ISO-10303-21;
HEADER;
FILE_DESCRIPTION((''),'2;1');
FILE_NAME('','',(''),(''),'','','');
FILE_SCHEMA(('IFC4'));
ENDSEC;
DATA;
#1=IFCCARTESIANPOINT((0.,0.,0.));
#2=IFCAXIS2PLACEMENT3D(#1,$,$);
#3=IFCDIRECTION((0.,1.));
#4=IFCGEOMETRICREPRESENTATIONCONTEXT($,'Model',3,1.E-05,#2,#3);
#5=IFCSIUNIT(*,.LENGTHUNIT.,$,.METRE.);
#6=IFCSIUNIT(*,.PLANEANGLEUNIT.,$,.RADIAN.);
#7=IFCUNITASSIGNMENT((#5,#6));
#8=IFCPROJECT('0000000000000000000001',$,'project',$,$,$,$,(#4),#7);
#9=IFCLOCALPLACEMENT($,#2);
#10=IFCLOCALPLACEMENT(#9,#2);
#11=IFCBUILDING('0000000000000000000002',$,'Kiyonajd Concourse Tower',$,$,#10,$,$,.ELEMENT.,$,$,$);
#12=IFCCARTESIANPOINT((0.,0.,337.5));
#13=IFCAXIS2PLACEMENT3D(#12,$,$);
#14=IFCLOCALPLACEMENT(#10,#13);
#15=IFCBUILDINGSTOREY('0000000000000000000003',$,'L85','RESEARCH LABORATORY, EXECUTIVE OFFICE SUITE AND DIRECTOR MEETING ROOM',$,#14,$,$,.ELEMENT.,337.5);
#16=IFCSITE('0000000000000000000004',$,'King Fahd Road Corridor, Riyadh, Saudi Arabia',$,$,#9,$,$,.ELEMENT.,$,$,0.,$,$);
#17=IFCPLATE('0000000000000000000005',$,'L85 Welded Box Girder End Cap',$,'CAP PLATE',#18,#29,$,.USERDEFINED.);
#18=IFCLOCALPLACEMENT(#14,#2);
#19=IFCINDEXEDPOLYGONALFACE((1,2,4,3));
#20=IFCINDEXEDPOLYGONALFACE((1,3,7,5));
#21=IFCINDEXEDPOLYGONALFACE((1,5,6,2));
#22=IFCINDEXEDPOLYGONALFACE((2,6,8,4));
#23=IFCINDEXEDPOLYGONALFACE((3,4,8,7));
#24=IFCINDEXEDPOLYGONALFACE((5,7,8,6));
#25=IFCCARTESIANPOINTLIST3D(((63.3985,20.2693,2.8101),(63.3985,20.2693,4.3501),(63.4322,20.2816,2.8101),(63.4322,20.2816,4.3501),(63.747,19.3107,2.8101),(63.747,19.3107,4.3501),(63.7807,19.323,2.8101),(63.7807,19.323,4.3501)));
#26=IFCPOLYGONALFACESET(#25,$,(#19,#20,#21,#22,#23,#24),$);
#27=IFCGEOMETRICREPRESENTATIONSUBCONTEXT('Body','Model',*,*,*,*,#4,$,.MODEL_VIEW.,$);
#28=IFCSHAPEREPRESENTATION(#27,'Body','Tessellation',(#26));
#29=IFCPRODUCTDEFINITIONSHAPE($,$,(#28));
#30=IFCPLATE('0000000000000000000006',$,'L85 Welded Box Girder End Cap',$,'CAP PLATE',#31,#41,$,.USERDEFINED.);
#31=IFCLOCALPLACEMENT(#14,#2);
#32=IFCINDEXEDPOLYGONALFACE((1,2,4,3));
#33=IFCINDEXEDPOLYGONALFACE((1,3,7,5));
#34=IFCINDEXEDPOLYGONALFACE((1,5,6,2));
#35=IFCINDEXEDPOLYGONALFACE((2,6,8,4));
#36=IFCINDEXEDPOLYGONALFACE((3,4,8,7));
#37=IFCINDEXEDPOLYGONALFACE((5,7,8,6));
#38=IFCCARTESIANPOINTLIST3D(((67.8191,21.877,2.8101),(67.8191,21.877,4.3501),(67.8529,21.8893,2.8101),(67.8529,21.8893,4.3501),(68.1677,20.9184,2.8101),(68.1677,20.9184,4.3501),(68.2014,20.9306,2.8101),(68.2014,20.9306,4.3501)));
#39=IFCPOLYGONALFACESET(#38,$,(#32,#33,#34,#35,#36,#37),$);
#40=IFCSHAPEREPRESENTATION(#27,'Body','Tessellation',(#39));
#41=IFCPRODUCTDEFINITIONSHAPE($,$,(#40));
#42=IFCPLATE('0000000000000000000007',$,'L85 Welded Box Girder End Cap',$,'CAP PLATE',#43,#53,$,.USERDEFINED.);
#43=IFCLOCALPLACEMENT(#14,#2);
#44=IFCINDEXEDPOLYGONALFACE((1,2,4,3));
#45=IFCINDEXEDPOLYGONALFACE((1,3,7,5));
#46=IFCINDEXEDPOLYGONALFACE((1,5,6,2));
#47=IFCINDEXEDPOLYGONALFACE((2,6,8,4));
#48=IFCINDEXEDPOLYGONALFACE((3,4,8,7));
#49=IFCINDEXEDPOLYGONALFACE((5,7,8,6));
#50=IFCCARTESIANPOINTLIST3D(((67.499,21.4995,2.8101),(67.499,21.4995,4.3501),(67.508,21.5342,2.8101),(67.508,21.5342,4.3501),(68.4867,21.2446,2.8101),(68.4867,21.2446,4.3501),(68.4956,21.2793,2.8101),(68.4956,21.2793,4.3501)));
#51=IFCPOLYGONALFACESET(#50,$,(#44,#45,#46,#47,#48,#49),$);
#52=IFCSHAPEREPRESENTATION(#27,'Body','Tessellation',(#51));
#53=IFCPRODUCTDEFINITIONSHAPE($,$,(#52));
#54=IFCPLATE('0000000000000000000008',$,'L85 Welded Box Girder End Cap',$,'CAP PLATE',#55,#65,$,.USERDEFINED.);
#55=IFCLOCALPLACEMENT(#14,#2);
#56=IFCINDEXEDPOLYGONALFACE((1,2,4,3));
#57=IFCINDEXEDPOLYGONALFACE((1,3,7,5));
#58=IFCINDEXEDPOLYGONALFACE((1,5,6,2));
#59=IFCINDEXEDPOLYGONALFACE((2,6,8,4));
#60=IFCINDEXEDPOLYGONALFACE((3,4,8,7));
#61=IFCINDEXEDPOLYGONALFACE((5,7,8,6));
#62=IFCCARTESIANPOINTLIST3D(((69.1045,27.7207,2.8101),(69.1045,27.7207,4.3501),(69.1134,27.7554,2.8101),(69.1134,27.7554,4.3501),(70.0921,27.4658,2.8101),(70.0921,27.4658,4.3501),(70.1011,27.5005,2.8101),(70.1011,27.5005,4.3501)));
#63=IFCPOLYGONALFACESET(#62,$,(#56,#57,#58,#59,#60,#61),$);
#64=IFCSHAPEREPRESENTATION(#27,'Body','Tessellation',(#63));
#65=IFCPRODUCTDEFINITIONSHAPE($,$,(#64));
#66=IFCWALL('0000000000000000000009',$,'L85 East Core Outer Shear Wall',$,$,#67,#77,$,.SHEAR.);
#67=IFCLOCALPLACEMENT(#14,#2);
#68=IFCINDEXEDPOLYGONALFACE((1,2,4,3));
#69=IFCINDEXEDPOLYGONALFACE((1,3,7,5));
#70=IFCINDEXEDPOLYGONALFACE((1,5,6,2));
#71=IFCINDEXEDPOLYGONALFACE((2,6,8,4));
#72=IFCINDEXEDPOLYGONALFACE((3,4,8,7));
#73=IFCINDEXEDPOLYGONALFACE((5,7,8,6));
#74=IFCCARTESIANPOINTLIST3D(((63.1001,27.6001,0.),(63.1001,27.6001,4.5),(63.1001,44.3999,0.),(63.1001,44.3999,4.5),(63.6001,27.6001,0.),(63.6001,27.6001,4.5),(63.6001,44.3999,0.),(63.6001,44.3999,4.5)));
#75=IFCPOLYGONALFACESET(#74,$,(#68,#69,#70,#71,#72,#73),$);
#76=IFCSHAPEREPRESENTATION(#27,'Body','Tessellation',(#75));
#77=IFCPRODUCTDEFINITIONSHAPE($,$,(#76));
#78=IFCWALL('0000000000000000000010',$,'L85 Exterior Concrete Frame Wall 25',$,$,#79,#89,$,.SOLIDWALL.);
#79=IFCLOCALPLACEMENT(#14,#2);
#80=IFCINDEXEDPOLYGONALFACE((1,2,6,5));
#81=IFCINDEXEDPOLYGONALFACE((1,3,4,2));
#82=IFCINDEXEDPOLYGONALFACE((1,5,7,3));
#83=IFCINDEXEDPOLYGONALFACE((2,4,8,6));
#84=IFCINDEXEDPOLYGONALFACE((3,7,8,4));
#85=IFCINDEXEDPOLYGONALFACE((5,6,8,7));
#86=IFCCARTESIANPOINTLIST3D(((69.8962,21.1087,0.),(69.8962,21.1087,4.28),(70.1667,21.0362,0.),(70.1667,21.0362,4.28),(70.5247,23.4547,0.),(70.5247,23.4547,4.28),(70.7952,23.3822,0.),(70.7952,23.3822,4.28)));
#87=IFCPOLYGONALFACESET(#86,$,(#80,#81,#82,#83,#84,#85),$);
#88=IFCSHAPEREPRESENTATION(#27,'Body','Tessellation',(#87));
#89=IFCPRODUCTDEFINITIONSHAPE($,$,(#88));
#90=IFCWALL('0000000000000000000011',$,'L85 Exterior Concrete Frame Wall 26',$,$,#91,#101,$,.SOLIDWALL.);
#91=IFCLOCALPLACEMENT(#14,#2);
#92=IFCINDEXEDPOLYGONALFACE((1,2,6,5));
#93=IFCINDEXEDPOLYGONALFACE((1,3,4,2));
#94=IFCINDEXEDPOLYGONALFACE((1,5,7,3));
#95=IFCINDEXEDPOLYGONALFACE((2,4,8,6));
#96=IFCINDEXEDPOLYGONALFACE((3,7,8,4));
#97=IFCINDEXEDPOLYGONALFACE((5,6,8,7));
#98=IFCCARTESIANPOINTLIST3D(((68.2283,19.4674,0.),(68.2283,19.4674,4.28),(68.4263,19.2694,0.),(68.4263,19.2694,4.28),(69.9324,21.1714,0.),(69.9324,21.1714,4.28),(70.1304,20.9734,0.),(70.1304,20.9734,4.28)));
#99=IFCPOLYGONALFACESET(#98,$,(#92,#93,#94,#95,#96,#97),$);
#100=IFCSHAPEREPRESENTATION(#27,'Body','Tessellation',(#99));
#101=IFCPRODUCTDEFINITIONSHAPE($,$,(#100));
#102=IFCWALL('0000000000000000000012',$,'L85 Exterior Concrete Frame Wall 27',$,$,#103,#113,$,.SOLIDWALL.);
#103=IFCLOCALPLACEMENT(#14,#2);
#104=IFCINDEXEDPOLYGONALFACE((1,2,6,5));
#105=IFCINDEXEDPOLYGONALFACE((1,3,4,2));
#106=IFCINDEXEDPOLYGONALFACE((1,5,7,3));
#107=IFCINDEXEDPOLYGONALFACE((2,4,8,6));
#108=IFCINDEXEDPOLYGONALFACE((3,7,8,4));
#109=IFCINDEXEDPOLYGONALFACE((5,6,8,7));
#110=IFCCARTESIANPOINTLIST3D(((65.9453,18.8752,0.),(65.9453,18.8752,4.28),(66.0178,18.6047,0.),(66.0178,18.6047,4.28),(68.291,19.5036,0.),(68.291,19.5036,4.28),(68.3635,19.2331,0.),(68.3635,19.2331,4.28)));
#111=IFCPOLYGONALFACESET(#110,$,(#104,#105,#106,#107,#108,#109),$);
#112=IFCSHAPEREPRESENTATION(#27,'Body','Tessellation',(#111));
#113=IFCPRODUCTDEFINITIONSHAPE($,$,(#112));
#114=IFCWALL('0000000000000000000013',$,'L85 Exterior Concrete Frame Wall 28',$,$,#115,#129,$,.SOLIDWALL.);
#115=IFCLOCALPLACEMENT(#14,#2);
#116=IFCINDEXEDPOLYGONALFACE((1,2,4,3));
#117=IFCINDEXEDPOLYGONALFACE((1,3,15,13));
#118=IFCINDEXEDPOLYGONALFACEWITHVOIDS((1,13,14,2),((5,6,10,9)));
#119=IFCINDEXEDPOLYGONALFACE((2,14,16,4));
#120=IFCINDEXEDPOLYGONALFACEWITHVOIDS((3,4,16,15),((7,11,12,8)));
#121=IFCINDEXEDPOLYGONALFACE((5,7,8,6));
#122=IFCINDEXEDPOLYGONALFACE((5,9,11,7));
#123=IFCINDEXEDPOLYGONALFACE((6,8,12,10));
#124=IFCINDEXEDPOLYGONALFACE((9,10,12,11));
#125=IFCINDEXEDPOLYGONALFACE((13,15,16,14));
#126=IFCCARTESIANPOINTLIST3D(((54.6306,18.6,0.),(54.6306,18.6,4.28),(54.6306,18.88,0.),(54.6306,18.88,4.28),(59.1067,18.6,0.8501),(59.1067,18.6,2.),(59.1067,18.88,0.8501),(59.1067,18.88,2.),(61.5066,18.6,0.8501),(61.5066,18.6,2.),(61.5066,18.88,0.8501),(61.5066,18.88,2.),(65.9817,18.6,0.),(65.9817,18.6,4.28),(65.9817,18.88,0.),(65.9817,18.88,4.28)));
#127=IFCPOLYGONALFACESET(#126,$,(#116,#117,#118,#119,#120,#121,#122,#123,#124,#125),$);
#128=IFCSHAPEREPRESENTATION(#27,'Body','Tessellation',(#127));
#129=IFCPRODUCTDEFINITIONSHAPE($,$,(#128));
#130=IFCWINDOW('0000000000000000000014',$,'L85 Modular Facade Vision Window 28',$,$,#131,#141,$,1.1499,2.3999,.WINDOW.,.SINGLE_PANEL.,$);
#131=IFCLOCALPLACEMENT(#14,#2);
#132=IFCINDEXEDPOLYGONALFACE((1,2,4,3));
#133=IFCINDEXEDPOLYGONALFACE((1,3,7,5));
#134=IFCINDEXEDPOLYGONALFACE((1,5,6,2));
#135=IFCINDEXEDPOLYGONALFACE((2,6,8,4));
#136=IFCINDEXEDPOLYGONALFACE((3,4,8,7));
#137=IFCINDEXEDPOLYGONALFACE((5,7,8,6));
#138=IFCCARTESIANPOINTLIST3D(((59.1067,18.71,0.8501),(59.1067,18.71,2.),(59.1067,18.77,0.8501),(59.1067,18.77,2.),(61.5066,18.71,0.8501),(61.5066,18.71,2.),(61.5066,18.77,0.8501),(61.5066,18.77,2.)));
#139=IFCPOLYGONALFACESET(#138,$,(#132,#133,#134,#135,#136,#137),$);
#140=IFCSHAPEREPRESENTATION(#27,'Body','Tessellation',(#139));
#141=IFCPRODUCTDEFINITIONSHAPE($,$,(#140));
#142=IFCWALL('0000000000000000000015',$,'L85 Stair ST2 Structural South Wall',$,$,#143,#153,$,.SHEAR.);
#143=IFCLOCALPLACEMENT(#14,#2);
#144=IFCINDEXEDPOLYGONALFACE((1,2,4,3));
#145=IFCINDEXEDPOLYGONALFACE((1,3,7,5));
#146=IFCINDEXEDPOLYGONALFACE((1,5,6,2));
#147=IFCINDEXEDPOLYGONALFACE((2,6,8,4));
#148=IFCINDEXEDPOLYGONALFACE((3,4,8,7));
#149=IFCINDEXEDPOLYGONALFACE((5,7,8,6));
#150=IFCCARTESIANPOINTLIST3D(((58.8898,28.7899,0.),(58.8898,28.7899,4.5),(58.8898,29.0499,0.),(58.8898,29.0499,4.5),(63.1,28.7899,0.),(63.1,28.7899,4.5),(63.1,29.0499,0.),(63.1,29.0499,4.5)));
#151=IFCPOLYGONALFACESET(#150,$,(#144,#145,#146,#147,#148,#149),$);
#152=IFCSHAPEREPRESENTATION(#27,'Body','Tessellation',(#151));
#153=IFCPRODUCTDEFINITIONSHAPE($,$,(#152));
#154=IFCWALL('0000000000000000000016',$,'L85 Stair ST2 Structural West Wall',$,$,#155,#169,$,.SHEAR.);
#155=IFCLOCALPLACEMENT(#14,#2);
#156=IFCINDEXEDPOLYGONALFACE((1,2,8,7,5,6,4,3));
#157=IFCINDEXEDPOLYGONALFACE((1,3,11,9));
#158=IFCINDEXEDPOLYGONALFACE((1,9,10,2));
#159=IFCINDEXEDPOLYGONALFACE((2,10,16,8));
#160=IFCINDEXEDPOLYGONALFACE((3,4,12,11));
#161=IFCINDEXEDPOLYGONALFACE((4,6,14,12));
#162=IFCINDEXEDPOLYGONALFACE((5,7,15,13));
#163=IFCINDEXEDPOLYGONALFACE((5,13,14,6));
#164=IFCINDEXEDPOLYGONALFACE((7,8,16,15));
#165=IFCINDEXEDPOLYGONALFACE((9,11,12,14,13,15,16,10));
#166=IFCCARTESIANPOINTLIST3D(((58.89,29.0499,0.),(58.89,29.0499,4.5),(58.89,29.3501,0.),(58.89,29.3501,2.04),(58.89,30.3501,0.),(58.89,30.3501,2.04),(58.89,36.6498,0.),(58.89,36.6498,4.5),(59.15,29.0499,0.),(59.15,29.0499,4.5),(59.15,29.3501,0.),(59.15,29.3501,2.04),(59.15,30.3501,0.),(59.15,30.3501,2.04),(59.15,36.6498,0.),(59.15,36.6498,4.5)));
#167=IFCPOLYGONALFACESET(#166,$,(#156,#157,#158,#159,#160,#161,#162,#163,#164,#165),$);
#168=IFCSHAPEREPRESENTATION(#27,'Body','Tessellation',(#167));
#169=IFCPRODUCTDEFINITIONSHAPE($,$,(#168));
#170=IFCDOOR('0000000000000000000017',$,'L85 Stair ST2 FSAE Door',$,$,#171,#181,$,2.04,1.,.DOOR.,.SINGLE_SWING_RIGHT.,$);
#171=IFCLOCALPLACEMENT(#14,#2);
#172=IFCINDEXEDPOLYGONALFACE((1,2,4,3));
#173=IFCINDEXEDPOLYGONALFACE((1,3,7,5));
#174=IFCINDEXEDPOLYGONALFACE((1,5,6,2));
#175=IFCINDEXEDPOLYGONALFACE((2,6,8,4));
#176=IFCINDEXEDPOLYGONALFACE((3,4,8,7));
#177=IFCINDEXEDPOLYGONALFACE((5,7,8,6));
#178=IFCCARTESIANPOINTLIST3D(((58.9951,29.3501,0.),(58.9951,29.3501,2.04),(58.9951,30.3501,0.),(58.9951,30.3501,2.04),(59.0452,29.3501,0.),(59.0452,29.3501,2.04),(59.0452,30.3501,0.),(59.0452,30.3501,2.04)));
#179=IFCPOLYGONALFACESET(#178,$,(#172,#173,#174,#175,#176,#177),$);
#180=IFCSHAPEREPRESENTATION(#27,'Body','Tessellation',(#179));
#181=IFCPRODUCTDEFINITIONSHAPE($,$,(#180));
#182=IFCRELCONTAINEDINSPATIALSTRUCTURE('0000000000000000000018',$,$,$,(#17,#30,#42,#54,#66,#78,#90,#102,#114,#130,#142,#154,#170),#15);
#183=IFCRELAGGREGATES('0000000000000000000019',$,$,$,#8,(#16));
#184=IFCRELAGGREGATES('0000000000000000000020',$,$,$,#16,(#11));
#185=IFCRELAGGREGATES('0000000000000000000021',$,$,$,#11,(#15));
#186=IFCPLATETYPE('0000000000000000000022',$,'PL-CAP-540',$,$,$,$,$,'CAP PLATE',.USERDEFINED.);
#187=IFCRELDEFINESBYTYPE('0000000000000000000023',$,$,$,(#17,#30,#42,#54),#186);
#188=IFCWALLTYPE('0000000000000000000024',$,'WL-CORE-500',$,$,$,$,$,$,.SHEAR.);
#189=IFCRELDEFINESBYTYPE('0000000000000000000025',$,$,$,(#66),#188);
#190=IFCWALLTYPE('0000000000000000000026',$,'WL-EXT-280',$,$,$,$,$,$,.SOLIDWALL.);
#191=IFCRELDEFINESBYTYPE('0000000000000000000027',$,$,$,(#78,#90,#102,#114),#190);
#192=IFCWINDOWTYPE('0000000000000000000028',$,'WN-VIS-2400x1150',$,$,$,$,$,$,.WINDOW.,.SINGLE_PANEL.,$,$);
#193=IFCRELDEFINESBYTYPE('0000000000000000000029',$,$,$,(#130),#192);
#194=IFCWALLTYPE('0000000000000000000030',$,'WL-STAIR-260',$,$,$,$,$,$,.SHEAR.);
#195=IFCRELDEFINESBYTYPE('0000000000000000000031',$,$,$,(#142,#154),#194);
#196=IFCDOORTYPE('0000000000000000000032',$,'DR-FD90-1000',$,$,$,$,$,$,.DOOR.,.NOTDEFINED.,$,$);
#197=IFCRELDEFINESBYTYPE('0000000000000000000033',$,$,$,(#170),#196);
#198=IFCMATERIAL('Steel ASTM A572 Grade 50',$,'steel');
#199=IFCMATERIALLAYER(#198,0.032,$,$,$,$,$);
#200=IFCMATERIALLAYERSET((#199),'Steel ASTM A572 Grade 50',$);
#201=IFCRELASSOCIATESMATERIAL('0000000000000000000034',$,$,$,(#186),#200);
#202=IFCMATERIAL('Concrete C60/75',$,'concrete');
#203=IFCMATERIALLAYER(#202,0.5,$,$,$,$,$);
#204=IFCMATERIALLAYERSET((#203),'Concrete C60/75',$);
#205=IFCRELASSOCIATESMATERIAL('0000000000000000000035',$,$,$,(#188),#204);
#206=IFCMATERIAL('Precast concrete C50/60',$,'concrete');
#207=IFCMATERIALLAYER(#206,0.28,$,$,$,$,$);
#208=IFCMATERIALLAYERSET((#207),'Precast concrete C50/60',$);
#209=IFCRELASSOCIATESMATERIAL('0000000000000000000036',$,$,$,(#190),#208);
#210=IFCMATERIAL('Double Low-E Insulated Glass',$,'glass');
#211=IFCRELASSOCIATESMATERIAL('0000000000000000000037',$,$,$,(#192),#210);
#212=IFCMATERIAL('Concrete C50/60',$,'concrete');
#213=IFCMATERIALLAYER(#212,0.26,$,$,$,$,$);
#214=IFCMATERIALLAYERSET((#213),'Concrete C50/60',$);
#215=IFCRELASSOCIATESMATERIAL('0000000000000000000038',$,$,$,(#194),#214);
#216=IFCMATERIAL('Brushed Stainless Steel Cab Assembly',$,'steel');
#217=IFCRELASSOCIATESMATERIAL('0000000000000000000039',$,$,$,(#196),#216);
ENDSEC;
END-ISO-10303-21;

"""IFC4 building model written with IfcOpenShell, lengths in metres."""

from ifc_helpers import new_model, si_unit, direction, frame, frame_2d, origin, origin_2d, place, context, subcontext, project, spatial, rectangle, extrude, material, layer, layer_set, type_object, element, fill, save


model = new_model("IFC4")

# Units and contexts
model_context = context("Model", 3, precision=1e-05, world=origin(), true_north=direction((0.0, 1.0)))
body_context = subcontext(model_context, "Body", "Model", "MODEL_VIEW")
ifc_project = project(units=[si_unit("LENGTHUNIT", "METRE"), si_unit("PLANEANGLEUNIT", "RADIAN")], contexts=[model_context])

# Site, building, storey
site_placement = place(None, origin())
site = spatial("IfcSite", under=ifc_project, at=site_placement, Name="King Fahd Road Corridor, Riyadh, Saudi Arabia", CompositionType="ELEMENT", RefElevation=0.0)
building_placement = place(site_placement, origin())
building = spatial("IfcBuilding", under=site, at=building_placement, Name="Kiyonajd Concourse Tower", CompositionType="ELEMENT")
storey_placement = place(building_placement, frame((0.0, 0.0, 337.5)))
storey = spatial("IfcBuildingStorey", under=building, at=storey_placement, Name="L85", Description="RESEARCH LABORATORY, EXECUTIVE OFFICE SUITE AND DIRECTOR MEETING ROOM", CompositionType="ELEMENT", Elevation=337.5)

# Shared definitions
ifc_material_1 = material(Name="Concrete C60/75", Category="concrete")

# Shared definitions
ifc_material_2 = material(Name="Steel ASTM A572 Grade 50", Category="steel")

# Plates
ifc_layer_1 = layer(ifc_material_2, 0.032)
ifc_layer_set_1 = layer_set([ifc_layer_1], Name="Steel ASTM A572 Grade 50")
plate_type = type_object("IfcPlateType", Name="PL-CAP-540", ElementType="CAP PLATE", PredefinedType="USERDEFINED", material=ifc_layer_set_1)
for number, where, z_axis, x_axis, name in (
    (1, (63.5896, 19.7961, 2.8101), (0.0, 0.0, 1.0), (-0.939812, -0.341692, 0.0), "L85 Welded Box Girder End Cap"),
    (2, (68.0103, 21.4038, 2.8101), (0.0, 0.0, 1.0), (0.939812, 0.341692, 0.0), "L85 Welded Box Girder End Cap"),
    (3, (67.9973, 21.3894, 2.8101), (0.0, 0.0, 1.0), (-0.249873, -0.968279, 0.0), "L85 Welded Box Girder End Cap"),
    (4, (69.6028, 27.6106, 2.8101), (0.0, 0.0, 1.0), (0.249873, 0.968279, 0.0), "L85 Welded Box Girder End Cap"),
):
    element("IfcPlate", number, at=place(storey_placement, frame(where, z_axis=z_axis, x_axis=x_axis)), inside=storey, type_object=plate_type, Name=name, ObjectType="CAP PLATE", PredefinedType="USERDEFINED", context=body_context, shape_type="SweptSolid", body=[
        extrude(rectangle(XDim=0.0359, YDim=1.02, at=origin_2d()), origin(), (0.0, 0.0, 1.0), 1.54),
    ])

# Walls
ifc_layer_2 = layer(ifc_material_1, 0.5)
ifc_layer_set_2 = layer_set([ifc_layer_2], Name="Concrete C60/75")
wall_type_1 = type_object("IfcWallType", Name="WL-CORE-500", PredefinedType="SHEAR", material=ifc_layer_set_2)
wall_1_placement = place(storey_placement, frame((63.3501, 27.6001, 0.0), z_axis=(0.0, 0.0, 1.0), x_axis=(0.0, 1.0, 0.0)))
element("IfcWall", 5, at=wall_1_placement, inside=storey, type_object=wall_type_1, Name="L85 East Core Outer Shear Wall", PredefinedType="SHEAR", context=body_context, shape_type="SweptSolid", body=[
    extrude(rectangle(XDim=16.7998, YDim=0.5, at=frame_2d((8.3999, 0.0))), origin(), (0.0, 0.0, 1.0), 4.5),
])
ifc_material_3 = material(Name="Precast concrete C50/60", Category="concrete")
ifc_layer_3 = layer(ifc_material_3, 0.28)
ifc_layer_set_3 = layer_set([ifc_layer_3], Name="Precast concrete C50/60")
wall_type_2 = type_object("IfcWallType", Name="WL-EXT-280", PredefinedType="SOLIDWALL", material=ifc_layer_set_3)
wall_2_placement = place(storey_placement, frame((70.6599, 23.4185, 0.0), z_axis=(0.0, 0.0, 1.0), x_axis=(-0.258751, -0.965944, 0.0)))
element("IfcWall", 6, at=wall_2_placement, inside=storey, type_object=wall_type_2, Name="L85 Exterior Concrete Frame Wall 25", PredefinedType="SOLIDWALL", context=body_context, shape_type="SweptSolid", body=[
    extrude(rectangle(XDim=2.4287, YDim=0.28, at=frame_2d((1.2144, 0.0))), origin(), (0.0, 0.0, 1.0), 4.28),
])
wall_3_placement = place(storey_placement, frame((70.0315, 21.0725, 0.0), z_axis=(0.0, 0.0, 1.0), x_axis=(-0.707107, -0.707107, 0.0)))
element("IfcWall", 7, at=wall_3_placement, inside=storey, type_object=wall_type_2, Name="L85 Exterior Concrete Frame Wall 26", PredefinedType="SOLIDWALL", context=body_context, shape_type="SweptSolid", body=[
    extrude(rectangle(XDim=2.4099, YDim=0.28, at=frame_2d((1.2051, 0.0))), origin(), (0.0, 0.0, 1.0), 4.28),
])
wall_4_placement = place(storey_placement, frame((68.3274, 19.3684, 0.0), z_axis=(0.0, 0.0, 1.0), x_axis=(-0.965937, -0.258776, 0.0)))
element("IfcWall", 8, at=wall_4_placement, inside=storey, type_object=wall_type_2, Name="L85 Exterior Concrete Frame Wall 27", PredefinedType="SOLIDWALL", context=body_context, shape_type="SweptSolid", body=[
    extrude(rectangle(XDim=2.4285, YDim=0.28, at=frame_2d((1.2144, 0.0))), origin(), (0.0, 0.0, 1.0), 4.28),
])

# Wall, opening, window
wall_5_placement = place(storey_placement, frame((65.9817, 18.74, 0.0), z_axis=(0.0, 0.0, 1.0), x_axis=(-1.0, 0.0, 0.0)))
wall_5 = element("IfcWall", 9, at=wall_5_placement, inside=storey, type_object=wall_type_2, Name="L85 Exterior Concrete Frame Wall 28", PredefinedType="SOLIDWALL", context=body_context, shape_type="SweptSolid", body=[
    extrude(rectangle(XDim=11.3511, YDim=0.28, at=frame_2d((5.6755, 0.0))), origin(), (0.0, 0.0, 1.0), 4.28),
])
opening_1_placement = place(wall_5_placement, frame((4.4751, 0.0, 0.8501)))
opening_1 = element("IfcOpeningElement", 10, at=opening_1_placement, cuts=wall_5, PredefinedType="OPENING", context=body_context, shape_type="SweptSolid", body=[
    extrude(rectangle(XDim=2.3999, YDim=1.1499, at=frame_2d((1.2, 0.575))), frame((0.0, 0.1499, 0.0), z_axis=(0.0, -1.0, 0.0), x_axis=(1.0, 0.0, 0.0)), (0.0, 0.0, 1.0), 0.3),
])
ifc_material_4 = material(Name="Double Low-E Insulated Glass", Category="glass")
window_type = type_object("IfcWindowType", Name="WN-VIS-2400x1150", PartitioningType="SINGLE_PANEL", PredefinedType="WINDOW", material=ifc_material_4)
window_placement = place(opening_1_placement, origin())
window = element("IfcWindow", 11, at=window_placement, inside=storey, type_object=window_type, Name="L85 Modular Facade Vision Window 28", OverallHeight=1.1499, OverallWidth=2.3999, PartitioningType="SINGLE_PANEL", PredefinedType="WINDOW", context=body_context, shape_type="SweptSolid", body=[
    extrude(rectangle(XDim=2.3999, YDim=1.1499, at=frame_2d((1.2, 0.575))), frame((0.0, 0.03, 0.0), z_axis=(0.0, -1.0, 0.0), x_axis=(1.0, 0.0, 0.0)), (0.0, 0.0, 1.0), 0.0601),
])
fill(opening_1, window)

# Wall
ifc_material_5 = material(Name="Concrete C50/60", Category="concrete")
ifc_layer_4 = layer(ifc_material_5, 0.26)
ifc_layer_set_4 = layer_set([ifc_layer_4], Name="Concrete C50/60")
wall_type_3 = type_object("IfcWallType", Name="WL-STAIR-260", PredefinedType="SHEAR", material=ifc_layer_set_4)
wall_6_placement = place(storey_placement, frame((58.8899, 28.9199, 0.0), z_axis=(0.0, 0.0, 1.0), x_axis=(1.0, 0.0, 0.0)))
element("IfcWall", 12, at=wall_6_placement, inside=storey, type_object=wall_type_3, Name="L85 Stair ST2 Structural South Wall", PredefinedType="SHEAR", context=body_context, shape_type="SweptSolid", body=[
    extrude(rectangle(XDim=4.2102, YDim=0.26, at=frame_2d((2.105, 0.0))), origin(), (0.0, 0.0, 1.0), 4.5),
])

# Wall, opening, door
wall_7_placement = place(storey_placement, frame((59.02, 29.05, 0.0), z_axis=(0.0, 0.0, 1.0), x_axis=(0.0, 1.0, 0.0)))
wall_7 = element("IfcWall", 13, at=wall_7_placement, inside=storey, type_object=wall_type_3, Name="L85 Stair ST2 Structural West Wall", PredefinedType="SHEAR", context=body_context, shape_type="SweptSolid", body=[
    extrude(rectangle(XDim=7.5999, YDim=0.26, at=frame_2d((3.7998, 0.0))), origin(), (0.0, 0.0, 1.0), 4.5),
])
opening_2_placement = place(wall_7_placement, frame((0.3, 0.0, 0.0)))
opening_2 = element("IfcOpeningElement", 14, at=opening_2_placement, cuts=wall_7, PredefinedType="OPENING", context=body_context, shape_type="SweptSolid", body=[
    extrude(rectangle(XDim=1.0, YDim=2.04, at=frame_2d((0.5, 1.02))), frame((0.0, 0.1399, 0.0), z_axis=(0.0, -1.0, 0.0), x_axis=(1.0, 0.0, 0.0)), (0.0, 0.0, 1.0), 0.28),
])
ifc_material_6 = material(Name="Brushed Stainless Steel Cab Assembly", Category="steel")
door_type = type_object("IfcDoorType", Name="DR-FD90-1000", OperationType="NOTDEFINED", PredefinedType="DOOR", material=ifc_material_6)
door_placement = place(opening_2_placement, origin())
door = element("IfcDoor", 15, at=door_placement, inside=storey, type_object=door_type, Name="L85 Stair ST2 FSAE Door", OperationType="SINGLE_SWING_RIGHT", OverallHeight=2.04, OverallWidth=1.0, PredefinedType="DOOR", context=body_context, shape_type="SweptSolid", body=[
    extrude(rectangle(XDim=1.0, YDim=2.04, at=frame_2d((0.5, 1.02))), frame((0.0, 0.0249, 0.0), z_axis=(0.0, -1.0, 0.0), x_axis=(1.0, 0.0, 0.0)), (0.0, 0.0, 1.0), 0.05),
])
fill(opening_2, door)

save(model, "model.ifc")
